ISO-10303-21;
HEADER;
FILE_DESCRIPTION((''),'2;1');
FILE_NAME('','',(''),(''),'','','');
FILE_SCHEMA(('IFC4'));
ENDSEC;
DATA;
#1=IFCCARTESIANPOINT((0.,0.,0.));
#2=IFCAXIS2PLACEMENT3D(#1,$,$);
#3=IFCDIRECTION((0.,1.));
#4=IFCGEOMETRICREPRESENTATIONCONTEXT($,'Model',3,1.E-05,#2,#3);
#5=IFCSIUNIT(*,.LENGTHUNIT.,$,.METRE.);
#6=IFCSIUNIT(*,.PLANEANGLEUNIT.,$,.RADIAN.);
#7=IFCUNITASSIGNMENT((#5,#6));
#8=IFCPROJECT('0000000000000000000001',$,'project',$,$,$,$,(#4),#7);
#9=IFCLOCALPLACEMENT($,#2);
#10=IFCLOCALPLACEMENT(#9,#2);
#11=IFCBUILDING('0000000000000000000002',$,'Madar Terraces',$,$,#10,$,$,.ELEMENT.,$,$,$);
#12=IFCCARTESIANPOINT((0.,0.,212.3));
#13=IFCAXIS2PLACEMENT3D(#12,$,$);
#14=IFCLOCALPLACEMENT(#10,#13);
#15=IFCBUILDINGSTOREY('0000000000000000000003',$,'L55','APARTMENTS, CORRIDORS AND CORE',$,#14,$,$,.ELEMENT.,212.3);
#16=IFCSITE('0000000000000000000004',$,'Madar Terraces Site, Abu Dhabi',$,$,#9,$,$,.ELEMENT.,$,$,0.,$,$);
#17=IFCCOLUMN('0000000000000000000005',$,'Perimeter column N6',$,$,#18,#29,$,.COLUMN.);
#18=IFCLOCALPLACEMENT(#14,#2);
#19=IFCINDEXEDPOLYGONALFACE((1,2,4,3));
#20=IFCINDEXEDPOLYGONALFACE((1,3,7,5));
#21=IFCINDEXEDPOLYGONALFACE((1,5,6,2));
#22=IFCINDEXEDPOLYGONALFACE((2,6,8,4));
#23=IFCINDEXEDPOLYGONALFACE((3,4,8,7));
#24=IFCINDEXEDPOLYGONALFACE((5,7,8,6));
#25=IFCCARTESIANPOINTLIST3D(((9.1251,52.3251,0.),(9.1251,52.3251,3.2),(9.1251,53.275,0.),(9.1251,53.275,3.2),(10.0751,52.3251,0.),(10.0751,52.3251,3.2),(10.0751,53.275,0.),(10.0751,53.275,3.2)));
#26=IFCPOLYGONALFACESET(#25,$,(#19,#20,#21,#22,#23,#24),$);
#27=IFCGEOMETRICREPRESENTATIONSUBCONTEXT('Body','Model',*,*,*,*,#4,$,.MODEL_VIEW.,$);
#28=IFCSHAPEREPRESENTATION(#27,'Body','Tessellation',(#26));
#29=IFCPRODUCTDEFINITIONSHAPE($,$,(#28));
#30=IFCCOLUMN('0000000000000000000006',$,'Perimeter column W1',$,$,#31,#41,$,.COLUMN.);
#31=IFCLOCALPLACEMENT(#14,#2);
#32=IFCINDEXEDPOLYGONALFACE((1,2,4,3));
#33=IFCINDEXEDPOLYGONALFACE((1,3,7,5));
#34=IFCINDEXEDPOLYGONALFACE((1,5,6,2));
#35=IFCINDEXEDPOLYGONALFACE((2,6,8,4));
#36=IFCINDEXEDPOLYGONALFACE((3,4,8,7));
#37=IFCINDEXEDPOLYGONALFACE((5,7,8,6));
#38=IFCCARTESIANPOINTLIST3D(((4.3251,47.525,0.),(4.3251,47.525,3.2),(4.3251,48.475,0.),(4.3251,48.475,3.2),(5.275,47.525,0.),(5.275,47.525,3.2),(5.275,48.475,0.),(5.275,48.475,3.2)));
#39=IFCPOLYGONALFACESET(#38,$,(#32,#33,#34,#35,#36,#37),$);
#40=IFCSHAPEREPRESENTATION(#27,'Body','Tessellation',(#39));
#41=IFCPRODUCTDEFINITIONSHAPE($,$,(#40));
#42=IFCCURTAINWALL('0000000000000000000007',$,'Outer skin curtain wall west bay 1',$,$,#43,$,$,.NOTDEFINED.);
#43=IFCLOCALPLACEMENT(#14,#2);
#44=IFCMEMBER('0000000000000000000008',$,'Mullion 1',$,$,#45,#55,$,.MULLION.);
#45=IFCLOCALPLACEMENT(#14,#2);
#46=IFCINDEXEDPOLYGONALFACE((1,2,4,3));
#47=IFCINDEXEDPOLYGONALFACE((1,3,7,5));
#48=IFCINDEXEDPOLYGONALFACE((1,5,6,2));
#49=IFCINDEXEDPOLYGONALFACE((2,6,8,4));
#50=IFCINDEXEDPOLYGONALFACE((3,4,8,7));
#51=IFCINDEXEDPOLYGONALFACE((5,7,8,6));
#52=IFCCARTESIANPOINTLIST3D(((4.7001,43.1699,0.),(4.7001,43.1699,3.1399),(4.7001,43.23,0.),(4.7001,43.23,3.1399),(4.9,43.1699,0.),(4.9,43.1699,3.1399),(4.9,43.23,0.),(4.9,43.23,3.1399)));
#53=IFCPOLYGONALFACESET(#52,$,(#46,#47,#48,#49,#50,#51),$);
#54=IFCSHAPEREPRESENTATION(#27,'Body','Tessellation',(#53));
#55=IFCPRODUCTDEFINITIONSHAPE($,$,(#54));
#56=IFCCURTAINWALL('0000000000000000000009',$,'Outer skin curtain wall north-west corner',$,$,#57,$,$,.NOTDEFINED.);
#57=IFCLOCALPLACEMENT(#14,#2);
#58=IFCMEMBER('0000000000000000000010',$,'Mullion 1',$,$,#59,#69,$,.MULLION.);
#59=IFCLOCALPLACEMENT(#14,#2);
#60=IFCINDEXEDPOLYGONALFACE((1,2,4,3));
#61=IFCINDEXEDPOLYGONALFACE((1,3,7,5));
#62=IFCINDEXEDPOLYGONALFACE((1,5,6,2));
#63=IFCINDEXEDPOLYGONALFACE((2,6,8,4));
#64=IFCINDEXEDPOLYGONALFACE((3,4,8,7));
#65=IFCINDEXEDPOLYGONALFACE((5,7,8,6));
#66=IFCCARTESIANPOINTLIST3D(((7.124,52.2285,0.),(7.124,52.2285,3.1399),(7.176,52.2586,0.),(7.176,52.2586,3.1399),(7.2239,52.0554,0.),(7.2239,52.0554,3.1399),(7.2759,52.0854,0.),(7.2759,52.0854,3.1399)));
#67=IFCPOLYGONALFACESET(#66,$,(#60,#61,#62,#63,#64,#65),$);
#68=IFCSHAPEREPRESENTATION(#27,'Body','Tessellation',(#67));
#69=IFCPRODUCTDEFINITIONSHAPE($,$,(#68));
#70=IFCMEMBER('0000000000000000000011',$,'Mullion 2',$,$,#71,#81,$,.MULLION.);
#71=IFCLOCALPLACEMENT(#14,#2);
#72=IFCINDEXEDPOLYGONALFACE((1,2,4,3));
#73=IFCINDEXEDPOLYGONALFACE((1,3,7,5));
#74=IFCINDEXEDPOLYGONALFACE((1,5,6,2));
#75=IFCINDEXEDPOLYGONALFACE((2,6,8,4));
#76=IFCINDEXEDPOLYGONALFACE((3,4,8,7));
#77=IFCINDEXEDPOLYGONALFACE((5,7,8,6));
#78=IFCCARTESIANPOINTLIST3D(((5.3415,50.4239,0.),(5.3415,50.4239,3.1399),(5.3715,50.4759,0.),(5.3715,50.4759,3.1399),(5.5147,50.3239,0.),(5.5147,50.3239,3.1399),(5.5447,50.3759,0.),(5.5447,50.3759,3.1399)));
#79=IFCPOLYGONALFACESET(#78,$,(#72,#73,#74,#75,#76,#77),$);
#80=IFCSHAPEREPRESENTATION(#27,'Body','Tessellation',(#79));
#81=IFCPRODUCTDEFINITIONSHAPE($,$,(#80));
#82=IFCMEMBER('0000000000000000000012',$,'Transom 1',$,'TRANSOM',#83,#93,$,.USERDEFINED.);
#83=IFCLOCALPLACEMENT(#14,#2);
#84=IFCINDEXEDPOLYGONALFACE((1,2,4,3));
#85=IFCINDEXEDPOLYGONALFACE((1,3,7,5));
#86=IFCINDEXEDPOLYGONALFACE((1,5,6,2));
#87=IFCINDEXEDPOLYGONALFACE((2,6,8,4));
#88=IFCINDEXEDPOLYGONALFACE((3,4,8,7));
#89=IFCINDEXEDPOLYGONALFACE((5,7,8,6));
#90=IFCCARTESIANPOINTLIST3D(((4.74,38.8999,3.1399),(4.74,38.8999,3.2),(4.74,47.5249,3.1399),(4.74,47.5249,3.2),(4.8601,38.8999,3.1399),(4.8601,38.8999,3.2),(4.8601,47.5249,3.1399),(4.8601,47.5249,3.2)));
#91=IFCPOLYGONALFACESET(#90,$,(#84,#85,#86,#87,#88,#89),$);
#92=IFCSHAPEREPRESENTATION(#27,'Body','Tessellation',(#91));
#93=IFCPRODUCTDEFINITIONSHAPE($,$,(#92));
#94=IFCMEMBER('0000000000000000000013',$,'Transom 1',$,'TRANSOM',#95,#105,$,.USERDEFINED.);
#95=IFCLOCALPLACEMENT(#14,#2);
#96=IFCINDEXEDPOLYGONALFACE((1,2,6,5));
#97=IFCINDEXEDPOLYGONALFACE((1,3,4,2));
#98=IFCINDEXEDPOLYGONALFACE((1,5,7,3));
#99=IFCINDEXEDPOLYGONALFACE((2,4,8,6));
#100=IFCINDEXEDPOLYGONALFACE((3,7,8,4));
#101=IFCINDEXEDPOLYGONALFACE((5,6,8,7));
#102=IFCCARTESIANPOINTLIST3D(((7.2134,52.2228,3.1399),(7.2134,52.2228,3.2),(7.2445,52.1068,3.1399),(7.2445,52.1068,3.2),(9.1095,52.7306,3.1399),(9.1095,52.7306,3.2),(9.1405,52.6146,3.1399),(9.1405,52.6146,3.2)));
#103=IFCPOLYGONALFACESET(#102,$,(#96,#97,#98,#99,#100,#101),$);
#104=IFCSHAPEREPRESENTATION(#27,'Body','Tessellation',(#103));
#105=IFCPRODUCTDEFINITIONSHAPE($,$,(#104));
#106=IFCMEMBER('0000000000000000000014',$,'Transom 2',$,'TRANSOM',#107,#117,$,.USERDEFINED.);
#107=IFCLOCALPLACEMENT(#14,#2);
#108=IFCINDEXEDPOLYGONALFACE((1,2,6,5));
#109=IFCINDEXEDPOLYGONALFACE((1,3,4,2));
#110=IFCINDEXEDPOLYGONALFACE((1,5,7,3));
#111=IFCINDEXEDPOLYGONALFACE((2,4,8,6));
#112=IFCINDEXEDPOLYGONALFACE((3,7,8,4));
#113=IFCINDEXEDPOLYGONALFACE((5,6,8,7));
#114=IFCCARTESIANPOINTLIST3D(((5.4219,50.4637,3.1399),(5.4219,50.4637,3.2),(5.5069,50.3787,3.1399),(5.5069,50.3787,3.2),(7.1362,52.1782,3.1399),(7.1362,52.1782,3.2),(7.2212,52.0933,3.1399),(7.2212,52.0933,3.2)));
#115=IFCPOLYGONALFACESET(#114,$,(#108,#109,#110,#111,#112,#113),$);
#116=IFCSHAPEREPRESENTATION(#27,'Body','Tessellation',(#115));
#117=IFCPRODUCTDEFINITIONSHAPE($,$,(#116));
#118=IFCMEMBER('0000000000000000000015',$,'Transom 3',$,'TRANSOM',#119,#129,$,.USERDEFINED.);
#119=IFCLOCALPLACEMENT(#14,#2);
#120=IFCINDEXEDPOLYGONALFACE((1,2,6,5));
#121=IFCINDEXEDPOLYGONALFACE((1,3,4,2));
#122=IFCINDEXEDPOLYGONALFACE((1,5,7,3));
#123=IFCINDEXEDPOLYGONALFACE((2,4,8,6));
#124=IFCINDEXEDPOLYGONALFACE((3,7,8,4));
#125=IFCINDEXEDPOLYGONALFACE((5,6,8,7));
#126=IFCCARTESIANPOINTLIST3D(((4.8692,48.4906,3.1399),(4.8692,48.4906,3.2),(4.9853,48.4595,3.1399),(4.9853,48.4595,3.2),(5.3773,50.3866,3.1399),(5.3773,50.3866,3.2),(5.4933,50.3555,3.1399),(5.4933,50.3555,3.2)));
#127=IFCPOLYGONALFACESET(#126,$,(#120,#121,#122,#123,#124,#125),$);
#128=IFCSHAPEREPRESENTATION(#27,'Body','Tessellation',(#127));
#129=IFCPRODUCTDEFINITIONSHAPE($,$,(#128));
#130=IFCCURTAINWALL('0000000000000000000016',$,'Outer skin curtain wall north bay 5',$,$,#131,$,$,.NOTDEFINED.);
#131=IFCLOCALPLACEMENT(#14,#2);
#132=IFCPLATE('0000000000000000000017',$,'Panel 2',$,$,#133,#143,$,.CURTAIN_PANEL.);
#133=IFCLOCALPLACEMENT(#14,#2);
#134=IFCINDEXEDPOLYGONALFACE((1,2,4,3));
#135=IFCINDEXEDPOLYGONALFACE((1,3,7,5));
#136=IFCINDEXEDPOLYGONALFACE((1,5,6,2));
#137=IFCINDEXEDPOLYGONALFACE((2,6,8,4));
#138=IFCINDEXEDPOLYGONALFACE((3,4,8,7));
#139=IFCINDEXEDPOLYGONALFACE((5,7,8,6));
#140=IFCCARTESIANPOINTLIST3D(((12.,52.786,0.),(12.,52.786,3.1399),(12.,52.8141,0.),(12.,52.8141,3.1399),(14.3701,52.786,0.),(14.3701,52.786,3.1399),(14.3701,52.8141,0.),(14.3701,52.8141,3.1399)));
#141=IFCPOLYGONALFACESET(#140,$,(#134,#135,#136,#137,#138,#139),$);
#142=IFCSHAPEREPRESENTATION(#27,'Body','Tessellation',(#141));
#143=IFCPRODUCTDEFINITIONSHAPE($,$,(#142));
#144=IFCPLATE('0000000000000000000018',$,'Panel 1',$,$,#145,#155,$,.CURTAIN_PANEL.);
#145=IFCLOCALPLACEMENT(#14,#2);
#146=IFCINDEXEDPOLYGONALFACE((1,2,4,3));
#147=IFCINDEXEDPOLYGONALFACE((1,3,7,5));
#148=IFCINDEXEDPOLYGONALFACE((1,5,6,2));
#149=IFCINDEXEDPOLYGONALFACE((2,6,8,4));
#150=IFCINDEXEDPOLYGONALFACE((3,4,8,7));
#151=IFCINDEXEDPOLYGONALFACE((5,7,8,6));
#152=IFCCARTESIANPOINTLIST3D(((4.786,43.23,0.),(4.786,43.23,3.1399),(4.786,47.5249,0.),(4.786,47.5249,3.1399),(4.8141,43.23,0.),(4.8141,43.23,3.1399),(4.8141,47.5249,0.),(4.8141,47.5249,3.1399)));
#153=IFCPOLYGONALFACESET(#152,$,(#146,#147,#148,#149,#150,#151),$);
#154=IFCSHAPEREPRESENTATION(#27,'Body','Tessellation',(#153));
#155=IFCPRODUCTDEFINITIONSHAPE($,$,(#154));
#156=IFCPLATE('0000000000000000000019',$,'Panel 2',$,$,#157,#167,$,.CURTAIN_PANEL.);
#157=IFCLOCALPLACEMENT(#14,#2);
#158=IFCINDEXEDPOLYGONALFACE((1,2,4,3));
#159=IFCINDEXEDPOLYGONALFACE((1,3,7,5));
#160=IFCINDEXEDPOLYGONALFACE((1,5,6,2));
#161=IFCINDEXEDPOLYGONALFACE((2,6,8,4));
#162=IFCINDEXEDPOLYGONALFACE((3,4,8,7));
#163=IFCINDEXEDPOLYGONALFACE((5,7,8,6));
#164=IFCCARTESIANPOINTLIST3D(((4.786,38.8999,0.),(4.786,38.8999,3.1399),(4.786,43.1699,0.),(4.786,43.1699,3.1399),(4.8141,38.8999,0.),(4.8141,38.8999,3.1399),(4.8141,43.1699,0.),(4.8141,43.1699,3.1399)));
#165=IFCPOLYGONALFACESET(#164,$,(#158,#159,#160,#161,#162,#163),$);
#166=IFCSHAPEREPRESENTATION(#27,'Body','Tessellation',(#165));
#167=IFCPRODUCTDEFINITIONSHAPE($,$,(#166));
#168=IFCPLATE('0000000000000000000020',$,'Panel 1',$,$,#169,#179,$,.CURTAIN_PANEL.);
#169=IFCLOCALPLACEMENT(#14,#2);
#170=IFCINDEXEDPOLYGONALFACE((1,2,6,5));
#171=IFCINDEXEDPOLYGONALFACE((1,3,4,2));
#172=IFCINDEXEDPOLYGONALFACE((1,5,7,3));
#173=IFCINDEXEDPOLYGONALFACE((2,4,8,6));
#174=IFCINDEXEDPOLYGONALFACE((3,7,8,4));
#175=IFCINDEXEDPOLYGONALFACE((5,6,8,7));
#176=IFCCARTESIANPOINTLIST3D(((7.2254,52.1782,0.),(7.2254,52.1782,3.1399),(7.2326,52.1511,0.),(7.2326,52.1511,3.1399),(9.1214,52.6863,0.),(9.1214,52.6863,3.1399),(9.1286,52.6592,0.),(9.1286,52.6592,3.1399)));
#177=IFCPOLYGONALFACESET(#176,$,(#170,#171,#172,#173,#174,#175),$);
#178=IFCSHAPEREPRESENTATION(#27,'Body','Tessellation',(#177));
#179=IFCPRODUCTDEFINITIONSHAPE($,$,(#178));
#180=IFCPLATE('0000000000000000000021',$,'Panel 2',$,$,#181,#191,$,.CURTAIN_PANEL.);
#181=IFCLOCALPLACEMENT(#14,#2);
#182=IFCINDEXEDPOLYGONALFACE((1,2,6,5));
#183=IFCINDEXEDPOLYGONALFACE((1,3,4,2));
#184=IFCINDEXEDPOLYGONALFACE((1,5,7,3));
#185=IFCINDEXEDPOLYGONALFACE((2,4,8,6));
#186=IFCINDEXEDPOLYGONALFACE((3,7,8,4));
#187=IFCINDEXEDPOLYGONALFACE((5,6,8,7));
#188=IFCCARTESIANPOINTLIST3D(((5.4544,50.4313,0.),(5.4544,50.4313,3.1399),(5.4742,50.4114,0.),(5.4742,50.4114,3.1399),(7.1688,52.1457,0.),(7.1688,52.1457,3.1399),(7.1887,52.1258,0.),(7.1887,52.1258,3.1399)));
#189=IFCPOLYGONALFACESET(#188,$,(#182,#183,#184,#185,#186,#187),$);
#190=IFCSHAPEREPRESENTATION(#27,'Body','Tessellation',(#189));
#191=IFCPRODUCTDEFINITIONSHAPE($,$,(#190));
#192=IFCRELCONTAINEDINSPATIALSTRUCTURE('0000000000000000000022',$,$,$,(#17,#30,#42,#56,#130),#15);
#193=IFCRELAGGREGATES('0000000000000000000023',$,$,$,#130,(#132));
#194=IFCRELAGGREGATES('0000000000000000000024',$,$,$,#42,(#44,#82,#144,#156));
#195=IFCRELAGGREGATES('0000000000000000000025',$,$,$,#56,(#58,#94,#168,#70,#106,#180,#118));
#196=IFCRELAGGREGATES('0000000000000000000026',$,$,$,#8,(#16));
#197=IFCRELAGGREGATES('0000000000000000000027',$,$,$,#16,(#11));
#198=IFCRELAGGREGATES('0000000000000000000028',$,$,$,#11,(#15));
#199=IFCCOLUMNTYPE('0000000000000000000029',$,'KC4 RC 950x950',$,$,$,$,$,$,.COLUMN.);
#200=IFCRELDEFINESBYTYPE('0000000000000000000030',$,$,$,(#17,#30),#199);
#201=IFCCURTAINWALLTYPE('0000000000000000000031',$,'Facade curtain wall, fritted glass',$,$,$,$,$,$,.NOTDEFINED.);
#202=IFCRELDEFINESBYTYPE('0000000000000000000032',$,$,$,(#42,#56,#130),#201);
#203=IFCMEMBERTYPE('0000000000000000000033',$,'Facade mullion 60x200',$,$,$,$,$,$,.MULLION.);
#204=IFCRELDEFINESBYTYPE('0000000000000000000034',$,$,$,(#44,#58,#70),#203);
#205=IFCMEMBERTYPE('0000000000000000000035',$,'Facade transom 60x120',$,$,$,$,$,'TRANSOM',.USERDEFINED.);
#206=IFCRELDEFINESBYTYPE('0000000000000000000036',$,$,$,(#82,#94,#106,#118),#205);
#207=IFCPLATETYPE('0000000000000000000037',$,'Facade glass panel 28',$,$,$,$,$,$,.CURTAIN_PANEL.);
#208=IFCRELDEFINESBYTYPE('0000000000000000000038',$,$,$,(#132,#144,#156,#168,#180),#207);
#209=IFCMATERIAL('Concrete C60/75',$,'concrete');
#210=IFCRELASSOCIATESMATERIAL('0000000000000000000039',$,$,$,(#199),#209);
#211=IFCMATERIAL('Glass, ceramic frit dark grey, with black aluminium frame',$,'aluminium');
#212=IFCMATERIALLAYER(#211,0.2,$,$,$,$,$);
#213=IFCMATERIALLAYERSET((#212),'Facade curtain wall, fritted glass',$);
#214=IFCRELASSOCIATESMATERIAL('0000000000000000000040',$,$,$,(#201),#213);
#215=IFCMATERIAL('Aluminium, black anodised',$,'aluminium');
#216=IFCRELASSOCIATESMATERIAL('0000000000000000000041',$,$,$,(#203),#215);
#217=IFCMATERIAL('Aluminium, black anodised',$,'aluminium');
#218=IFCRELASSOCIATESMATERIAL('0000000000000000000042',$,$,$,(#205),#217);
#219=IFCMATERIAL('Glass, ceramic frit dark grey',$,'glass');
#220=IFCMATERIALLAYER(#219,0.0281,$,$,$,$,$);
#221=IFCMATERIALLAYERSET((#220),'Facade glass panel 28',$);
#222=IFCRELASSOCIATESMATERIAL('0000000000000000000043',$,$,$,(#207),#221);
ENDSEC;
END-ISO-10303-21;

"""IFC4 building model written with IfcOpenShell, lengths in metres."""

from ifc_helpers import new_model, si_unit, direction, frame, origin, origin_2d, place, context, subcontext, project, spatial, rectangle, extrude, material, layer, layer_set, material_profile, profile_set, type_object, element, aggregate, save


model = new_model("IFC4")

# Units and contexts
model_context = context("Model", 3, precision=1e-05, world=origin(), true_north=direction((0.0, 1.0)))
body_context = subcontext(model_context, "Body", "Model", "MODEL_VIEW")
ifc_project = project(units=[si_unit("LENGTHUNIT", "METRE"), si_unit("PLANEANGLEUNIT", "RADIAN")], contexts=[model_context])

# Site, building, storey
site_placement = place(None, origin())
site = spatial("IfcSite", under=ifc_project, at=site_placement, Name="Madar Terraces Site, Abu Dhabi", CompositionType="ELEMENT", RefElevation=0.0)
building_placement = place(site_placement, origin())
building = spatial("IfcBuilding", under=site, at=building_placement, Name="Madar Terraces", CompositionType="ELEMENT")
storey_placement = place(building_placement, frame((0.0, 0.0, 212.3)))
storey = spatial("IfcBuildingStorey", under=building, at=storey_placement, Name="L55", Description="APARTMENTS, CORRIDORS AND CORE", CompositionType="ELEMENT", Elevation=212.3)

# Columns
ifc_material_1 = material(Name="Concrete C60/75", Category="concrete")
ifc_material_profile_1 = material_profile(ifc_material_1, rectangle(XDim=0.95, YDim=0.95, at=origin_2d()), Name="KC4 RC 950x950")
ifc_profile_set_1 = profile_set([ifc_material_profile_1], Name="Concrete C60/75")
column_type = type_object("IfcColumnType", Name="KC4 RC 950x950", PredefinedType="COLUMN", material=ifc_profile_set_1)
for number, where, z_axis, x_axis, name in (
    (1, (9.6001, 52.8, 0.0), (0.0, 0.0, 1.0), (1.0, 0.0, 0.0), "Perimeter column N6"),
    (2, (4.8, 48.0, 0.0), (0.0, 0.0, 1.0), (1.0, 0.0, 0.0), "Perimeter column W1"),
):
    element("IfcColumn", number, at=place(storey_placement, frame(where, z_axis=z_axis, x_axis=x_axis)), inside=storey, type_object=column_type, Name=name, PredefinedType="COLUMN", context=body_context, shape_type="SweptSolid", body=[
        extrude(rectangle(XDim=0.95, YDim=0.95, at=origin_2d()), origin(), (0.0, 0.0, 1.0), 3.2),
    ])

# Curtain wall, member
ifc_material_2 = material(Name="Glass, ceramic frit dark grey, with black aluminium frame", Category="aluminium")
ifc_layer_1 = layer(ifc_material_2, 0.2)
ifc_layer_set_1 = layer_set([ifc_layer_1], Name="Facade curtain wall, fritted glass")
curtain_wall_type = type_object("IfcCurtainWallType", Name="Facade curtain wall, fritted glass", PredefinedType="NOTDEFINED", material=ifc_layer_set_1)
curtain_wall_1_placement = place(storey_placement, origin())
curtain_wall_1 = element("IfcCurtainWall", 3, at=curtain_wall_1_placement, inside=storey, type_object=curtain_wall_type, Name="Outer skin curtain wall west bay 1", PredefinedType="NOTDEFINED")
ifc_material_3 = material(Name="Aluminium, black anodised", Category="aluminium")
ifc_material_profile_2 = material_profile(ifc_material_3, rectangle(XDim=0.2, YDim=0.0601, at=origin_2d()), Name="Facade mullion 60x200")
ifc_profile_set_2 = profile_set([ifc_material_profile_2], Name="Aluminium, black anodised")
member_type_1 = type_object("IfcMemberType", Name="Facade mullion 60x200", PredefinedType="MULLION", material=ifc_profile_set_2)
member_1_placement = place(storey_placement, frame((4.8, 43.2, 0.0), z_axis=(0.0, 0.0, 1.0), x_axis=(1.0, 0.0, 0.0)))
member_1 = element("IfcMember", 4, at=member_1_placement, type_object=member_type_1, Name="Mullion 1", PredefinedType="MULLION", context=body_context, shape_type="SweptSolid", body=[
    extrude(rectangle(XDim=0.2, YDim=0.0601, at=origin_2d()), origin(), (0.0, 0.0, 1.0), 3.1399),
])

# Curtain wall, members
curtain_wall_2_placement = place(storey_placement, origin())
curtain_wall_2 = element("IfcCurtainWall", 5, at=curtain_wall_2_placement, inside=storey, type_object=curtain_wall_type, Name="Outer skin curtain wall north-west corner", PredefinedType="NOTDEFINED")
member_2_placement = place(storey_placement, frame((7.2, 52.157, 0.0), z_axis=(0.0, 0.0, 1.0), x_axis=(0.5, -0.866025, 0.0)))
member_2 = element("IfcMember", 6, at=member_2_placement, type_object=member_type_1, Name="Mullion 1", PredefinedType="MULLION", context=body_context, shape_type="SweptSolid", body=[
    extrude(rectangle(XDim=0.2, YDim=0.0601, at=origin_2d()), origin(), (0.0, 0.0, 1.0), 3.1399),
])
member_3_placement = place(storey_placement, frame((5.4431, 50.3999, 0.0), z_axis=(0.0, 0.0, 1.0), x_axis=(0.866025, -0.5, 0.0)))
member_3 = element("IfcMember", 7, at=member_3_placement, type_object=member_type_1, Name="Mullion 2", PredefinedType="MULLION", context=body_context, shape_type="SweptSolid", body=[
    extrude(rectangle(XDim=0.2, YDim=0.0601, at=origin_2d()), origin(), (0.0, 0.0, 1.0), 3.1399),
])

# Members
ifc_material_4 = material(Name="Aluminium, black anodised", Category="aluminium")
ifc_material_profile_3 = material_profile(ifc_material_4, rectangle(XDim=0.1201, YDim=0.0601, at=origin_2d()), Name="Facade transom 60x120")
ifc_profile_set_3 = profile_set([ifc_material_profile_3], Name="Aluminium, black anodised")
member_type_2 = type_object("IfcMemberType", Name="Facade transom 60x120", ElementType="TRANSOM", PredefinedType="USERDEFINED", material=ifc_profile_set_3)
member_4_placement = place(storey_placement, frame((4.8, 47.5249, 3.1699), z_axis=(0.0, -1.0, 0.0), x_axis=(1.0, 0.0, 0.0)))
member_4 = element("IfcMember", 8, at=member_4_placement, type_object=member_type_2, Name="Transom 1", ObjectType="TRANSOM", PredefinedType="USERDEFINED", context=body_context, shape_type="SweptSolid", body=[
    extrude(rectangle(XDim=0.1201, YDim=0.0601, at=origin_2d()), origin(), (0.0, 0.0, 1.0), 8.625),
])
member_5_placement = place(storey_placement, frame((9.125, 52.6726, 3.1699), z_axis=(-0.965954, -0.258715, 0.0), x_axis=(0.258715, -0.965954, 0.0)))
member_5 = element("IfcMember", 9, at=member_5_placement, type_object=member_type_2, Name="Transom 1", ObjectType="TRANSOM", PredefinedType="USERDEFINED", context=body_context, shape_type="SweptSolid", body=[
    extrude(rectangle(XDim=0.1201, YDim=0.0601, at=origin_2d()), origin(), (0.0, 0.0, 1.0), 1.9629),
])
member_6_placement = place(storey_placement, frame((7.1787, 52.1357, 3.1699), z_axis=(-0.707056, -0.707157, 0.0), x_axis=(0.707157, -0.707056, 0.0)))
member_6 = element("IfcMember", 10, at=member_6_placement, type_object=member_type_2, Name="Transom 2", ObjectType="TRANSOM", PredefinedType="USERDEFINED", context=body_context, shape_type="SweptSolid", body=[
    extrude(rectangle(XDim=0.1201, YDim=0.0601, at=origin_2d()), origin(), (0.0, 0.0, 1.0), 2.4246),
])
member_7_placement = place(storey_placement, frame((5.4353, 50.3711, 3.1699), z_axis=(-0.258831, -0.965923, 0.0), x_axis=(0.965923, -0.258831, 0.0)))
member_7 = element("IfcMember", 11, at=member_7_placement, type_object=member_type_2, Name="Transom 3", ObjectType="TRANSOM", PredefinedType="USERDEFINED", context=body_context, shape_type="SweptSolid", body=[
    extrude(rectangle(XDim=0.1201, YDim=0.0601, at=origin_2d()), origin(), (0.0, 0.0, 1.0), 1.9629),
])

# Curtain wall, plate
curtain_wall_3_placement = place(storey_placement, origin())
curtain_wall_3 = element("IfcCurtainWall", 12, at=curtain_wall_3_placement, inside=storey, type_object=curtain_wall_type, Name="Outer skin curtain wall north bay 5", PredefinedType="NOTDEFINED")
ifc_material_5 = material(Name="Glass, ceramic frit dark grey", Category="glass")
ifc_layer_2 = layer(ifc_material_5, 0.0281)
ifc_layer_set_2 = layer_set([ifc_layer_2], Name="Facade glass panel 28")
plate_type = type_object("IfcPlateType", Name="Facade glass panel 28", PredefinedType="CURTAIN_PANEL", material=ifc_layer_set_2)
plate_1_placement = place(storey_placement, frame((13.1851, 52.8, 0.0), z_axis=(0.0, 0.0, 1.0), x_axis=(-1.0, 0.0, 0.0)))
plate_1 = element("IfcPlate", 13, at=plate_1_placement, type_object=plate_type, Name="Panel 2", PredefinedType="CURTAIN_PANEL", context=body_context, shape_type="SweptSolid", body=[
    extrude(rectangle(XDim=2.3701, YDim=0.0281, at=origin_2d()), origin(), (0.0, 0.0, 1.0), 3.1399),
])
aggregate(curtain_wall_3, [plate_1])

# Plates
plate_2_placement = place(storey_placement, frame((4.8, 45.3774, 0.0), z_axis=(0.0, 0.0, 1.0), x_axis=(0.0, -1.0, 0.0)))
plate_2 = element("IfcPlate", 14, at=plate_2_placement, type_object=plate_type, Name="Panel 1", PredefinedType="CURTAIN_PANEL", context=body_context, shape_type="SweptSolid", body=[
    extrude(rectangle(XDim=4.2949, YDim=0.0281, at=origin_2d()), origin(), (0.0, 0.0, 1.0), 3.1399),
])
plate_3_placement = place(storey_placement, frame((4.8, 41.0349, 0.0), z_axis=(0.0, 0.0, 1.0), x_axis=(0.0, -1.0, 0.0)))
plate_3 = element("IfcPlate", 15, at=plate_3_placement, type_object=plate_type, Name="Panel 2", PredefinedType="CURTAIN_PANEL", context=body_context, shape_type="SweptSolid", body=[
    extrude(rectangle(XDim=4.27, YDim=0.0281, at=origin_2d()), origin(), (0.0, 0.0, 1.0), 3.1399),
])
aggregate(curtain_wall_1, [member_1, member_4, plate_2, plate_3])
plate_4_placement = place(storey_placement, frame((8.177, 52.4187, 0.0), z_axis=(0.0, 0.0, 1.0), x_axis=(-0.965926, -0.258819, 0.0)))
plate_4 = element("IfcPlate", 16, at=plate_4_placement, type_object=plate_type, Name="Panel 1", PredefinedType="CURTAIN_PANEL", context=body_context, shape_type="SweptSolid", body=[
    extrude(rectangle(XDim=1.9629, YDim=0.0281, at=origin_2d()), origin(), (0.0, 0.0, 1.0), 3.1399),
])
plate_5_placement = place(storey_placement, frame((6.3215, 51.2786, 0.0), z_axis=(0.0, 0.0, 1.0), x_axis=(-0.707107, -0.707107, 0.0)))
plate_5 = element("IfcPlate", 17, at=plate_5_placement, type_object=plate_type, Name="Panel 2", PredefinedType="CURTAIN_PANEL", context=body_context, shape_type="SweptSolid", body=[
    extrude(rectangle(XDim=2.4246, YDim=0.0281, at=origin_2d()), origin(), (0.0, 0.0, 1.0), 3.1399),
])
aggregate(curtain_wall_2, [member_2, member_5, plate_4, member_3, member_6, plate_5, member_7])

save(model, "model.ifc")
